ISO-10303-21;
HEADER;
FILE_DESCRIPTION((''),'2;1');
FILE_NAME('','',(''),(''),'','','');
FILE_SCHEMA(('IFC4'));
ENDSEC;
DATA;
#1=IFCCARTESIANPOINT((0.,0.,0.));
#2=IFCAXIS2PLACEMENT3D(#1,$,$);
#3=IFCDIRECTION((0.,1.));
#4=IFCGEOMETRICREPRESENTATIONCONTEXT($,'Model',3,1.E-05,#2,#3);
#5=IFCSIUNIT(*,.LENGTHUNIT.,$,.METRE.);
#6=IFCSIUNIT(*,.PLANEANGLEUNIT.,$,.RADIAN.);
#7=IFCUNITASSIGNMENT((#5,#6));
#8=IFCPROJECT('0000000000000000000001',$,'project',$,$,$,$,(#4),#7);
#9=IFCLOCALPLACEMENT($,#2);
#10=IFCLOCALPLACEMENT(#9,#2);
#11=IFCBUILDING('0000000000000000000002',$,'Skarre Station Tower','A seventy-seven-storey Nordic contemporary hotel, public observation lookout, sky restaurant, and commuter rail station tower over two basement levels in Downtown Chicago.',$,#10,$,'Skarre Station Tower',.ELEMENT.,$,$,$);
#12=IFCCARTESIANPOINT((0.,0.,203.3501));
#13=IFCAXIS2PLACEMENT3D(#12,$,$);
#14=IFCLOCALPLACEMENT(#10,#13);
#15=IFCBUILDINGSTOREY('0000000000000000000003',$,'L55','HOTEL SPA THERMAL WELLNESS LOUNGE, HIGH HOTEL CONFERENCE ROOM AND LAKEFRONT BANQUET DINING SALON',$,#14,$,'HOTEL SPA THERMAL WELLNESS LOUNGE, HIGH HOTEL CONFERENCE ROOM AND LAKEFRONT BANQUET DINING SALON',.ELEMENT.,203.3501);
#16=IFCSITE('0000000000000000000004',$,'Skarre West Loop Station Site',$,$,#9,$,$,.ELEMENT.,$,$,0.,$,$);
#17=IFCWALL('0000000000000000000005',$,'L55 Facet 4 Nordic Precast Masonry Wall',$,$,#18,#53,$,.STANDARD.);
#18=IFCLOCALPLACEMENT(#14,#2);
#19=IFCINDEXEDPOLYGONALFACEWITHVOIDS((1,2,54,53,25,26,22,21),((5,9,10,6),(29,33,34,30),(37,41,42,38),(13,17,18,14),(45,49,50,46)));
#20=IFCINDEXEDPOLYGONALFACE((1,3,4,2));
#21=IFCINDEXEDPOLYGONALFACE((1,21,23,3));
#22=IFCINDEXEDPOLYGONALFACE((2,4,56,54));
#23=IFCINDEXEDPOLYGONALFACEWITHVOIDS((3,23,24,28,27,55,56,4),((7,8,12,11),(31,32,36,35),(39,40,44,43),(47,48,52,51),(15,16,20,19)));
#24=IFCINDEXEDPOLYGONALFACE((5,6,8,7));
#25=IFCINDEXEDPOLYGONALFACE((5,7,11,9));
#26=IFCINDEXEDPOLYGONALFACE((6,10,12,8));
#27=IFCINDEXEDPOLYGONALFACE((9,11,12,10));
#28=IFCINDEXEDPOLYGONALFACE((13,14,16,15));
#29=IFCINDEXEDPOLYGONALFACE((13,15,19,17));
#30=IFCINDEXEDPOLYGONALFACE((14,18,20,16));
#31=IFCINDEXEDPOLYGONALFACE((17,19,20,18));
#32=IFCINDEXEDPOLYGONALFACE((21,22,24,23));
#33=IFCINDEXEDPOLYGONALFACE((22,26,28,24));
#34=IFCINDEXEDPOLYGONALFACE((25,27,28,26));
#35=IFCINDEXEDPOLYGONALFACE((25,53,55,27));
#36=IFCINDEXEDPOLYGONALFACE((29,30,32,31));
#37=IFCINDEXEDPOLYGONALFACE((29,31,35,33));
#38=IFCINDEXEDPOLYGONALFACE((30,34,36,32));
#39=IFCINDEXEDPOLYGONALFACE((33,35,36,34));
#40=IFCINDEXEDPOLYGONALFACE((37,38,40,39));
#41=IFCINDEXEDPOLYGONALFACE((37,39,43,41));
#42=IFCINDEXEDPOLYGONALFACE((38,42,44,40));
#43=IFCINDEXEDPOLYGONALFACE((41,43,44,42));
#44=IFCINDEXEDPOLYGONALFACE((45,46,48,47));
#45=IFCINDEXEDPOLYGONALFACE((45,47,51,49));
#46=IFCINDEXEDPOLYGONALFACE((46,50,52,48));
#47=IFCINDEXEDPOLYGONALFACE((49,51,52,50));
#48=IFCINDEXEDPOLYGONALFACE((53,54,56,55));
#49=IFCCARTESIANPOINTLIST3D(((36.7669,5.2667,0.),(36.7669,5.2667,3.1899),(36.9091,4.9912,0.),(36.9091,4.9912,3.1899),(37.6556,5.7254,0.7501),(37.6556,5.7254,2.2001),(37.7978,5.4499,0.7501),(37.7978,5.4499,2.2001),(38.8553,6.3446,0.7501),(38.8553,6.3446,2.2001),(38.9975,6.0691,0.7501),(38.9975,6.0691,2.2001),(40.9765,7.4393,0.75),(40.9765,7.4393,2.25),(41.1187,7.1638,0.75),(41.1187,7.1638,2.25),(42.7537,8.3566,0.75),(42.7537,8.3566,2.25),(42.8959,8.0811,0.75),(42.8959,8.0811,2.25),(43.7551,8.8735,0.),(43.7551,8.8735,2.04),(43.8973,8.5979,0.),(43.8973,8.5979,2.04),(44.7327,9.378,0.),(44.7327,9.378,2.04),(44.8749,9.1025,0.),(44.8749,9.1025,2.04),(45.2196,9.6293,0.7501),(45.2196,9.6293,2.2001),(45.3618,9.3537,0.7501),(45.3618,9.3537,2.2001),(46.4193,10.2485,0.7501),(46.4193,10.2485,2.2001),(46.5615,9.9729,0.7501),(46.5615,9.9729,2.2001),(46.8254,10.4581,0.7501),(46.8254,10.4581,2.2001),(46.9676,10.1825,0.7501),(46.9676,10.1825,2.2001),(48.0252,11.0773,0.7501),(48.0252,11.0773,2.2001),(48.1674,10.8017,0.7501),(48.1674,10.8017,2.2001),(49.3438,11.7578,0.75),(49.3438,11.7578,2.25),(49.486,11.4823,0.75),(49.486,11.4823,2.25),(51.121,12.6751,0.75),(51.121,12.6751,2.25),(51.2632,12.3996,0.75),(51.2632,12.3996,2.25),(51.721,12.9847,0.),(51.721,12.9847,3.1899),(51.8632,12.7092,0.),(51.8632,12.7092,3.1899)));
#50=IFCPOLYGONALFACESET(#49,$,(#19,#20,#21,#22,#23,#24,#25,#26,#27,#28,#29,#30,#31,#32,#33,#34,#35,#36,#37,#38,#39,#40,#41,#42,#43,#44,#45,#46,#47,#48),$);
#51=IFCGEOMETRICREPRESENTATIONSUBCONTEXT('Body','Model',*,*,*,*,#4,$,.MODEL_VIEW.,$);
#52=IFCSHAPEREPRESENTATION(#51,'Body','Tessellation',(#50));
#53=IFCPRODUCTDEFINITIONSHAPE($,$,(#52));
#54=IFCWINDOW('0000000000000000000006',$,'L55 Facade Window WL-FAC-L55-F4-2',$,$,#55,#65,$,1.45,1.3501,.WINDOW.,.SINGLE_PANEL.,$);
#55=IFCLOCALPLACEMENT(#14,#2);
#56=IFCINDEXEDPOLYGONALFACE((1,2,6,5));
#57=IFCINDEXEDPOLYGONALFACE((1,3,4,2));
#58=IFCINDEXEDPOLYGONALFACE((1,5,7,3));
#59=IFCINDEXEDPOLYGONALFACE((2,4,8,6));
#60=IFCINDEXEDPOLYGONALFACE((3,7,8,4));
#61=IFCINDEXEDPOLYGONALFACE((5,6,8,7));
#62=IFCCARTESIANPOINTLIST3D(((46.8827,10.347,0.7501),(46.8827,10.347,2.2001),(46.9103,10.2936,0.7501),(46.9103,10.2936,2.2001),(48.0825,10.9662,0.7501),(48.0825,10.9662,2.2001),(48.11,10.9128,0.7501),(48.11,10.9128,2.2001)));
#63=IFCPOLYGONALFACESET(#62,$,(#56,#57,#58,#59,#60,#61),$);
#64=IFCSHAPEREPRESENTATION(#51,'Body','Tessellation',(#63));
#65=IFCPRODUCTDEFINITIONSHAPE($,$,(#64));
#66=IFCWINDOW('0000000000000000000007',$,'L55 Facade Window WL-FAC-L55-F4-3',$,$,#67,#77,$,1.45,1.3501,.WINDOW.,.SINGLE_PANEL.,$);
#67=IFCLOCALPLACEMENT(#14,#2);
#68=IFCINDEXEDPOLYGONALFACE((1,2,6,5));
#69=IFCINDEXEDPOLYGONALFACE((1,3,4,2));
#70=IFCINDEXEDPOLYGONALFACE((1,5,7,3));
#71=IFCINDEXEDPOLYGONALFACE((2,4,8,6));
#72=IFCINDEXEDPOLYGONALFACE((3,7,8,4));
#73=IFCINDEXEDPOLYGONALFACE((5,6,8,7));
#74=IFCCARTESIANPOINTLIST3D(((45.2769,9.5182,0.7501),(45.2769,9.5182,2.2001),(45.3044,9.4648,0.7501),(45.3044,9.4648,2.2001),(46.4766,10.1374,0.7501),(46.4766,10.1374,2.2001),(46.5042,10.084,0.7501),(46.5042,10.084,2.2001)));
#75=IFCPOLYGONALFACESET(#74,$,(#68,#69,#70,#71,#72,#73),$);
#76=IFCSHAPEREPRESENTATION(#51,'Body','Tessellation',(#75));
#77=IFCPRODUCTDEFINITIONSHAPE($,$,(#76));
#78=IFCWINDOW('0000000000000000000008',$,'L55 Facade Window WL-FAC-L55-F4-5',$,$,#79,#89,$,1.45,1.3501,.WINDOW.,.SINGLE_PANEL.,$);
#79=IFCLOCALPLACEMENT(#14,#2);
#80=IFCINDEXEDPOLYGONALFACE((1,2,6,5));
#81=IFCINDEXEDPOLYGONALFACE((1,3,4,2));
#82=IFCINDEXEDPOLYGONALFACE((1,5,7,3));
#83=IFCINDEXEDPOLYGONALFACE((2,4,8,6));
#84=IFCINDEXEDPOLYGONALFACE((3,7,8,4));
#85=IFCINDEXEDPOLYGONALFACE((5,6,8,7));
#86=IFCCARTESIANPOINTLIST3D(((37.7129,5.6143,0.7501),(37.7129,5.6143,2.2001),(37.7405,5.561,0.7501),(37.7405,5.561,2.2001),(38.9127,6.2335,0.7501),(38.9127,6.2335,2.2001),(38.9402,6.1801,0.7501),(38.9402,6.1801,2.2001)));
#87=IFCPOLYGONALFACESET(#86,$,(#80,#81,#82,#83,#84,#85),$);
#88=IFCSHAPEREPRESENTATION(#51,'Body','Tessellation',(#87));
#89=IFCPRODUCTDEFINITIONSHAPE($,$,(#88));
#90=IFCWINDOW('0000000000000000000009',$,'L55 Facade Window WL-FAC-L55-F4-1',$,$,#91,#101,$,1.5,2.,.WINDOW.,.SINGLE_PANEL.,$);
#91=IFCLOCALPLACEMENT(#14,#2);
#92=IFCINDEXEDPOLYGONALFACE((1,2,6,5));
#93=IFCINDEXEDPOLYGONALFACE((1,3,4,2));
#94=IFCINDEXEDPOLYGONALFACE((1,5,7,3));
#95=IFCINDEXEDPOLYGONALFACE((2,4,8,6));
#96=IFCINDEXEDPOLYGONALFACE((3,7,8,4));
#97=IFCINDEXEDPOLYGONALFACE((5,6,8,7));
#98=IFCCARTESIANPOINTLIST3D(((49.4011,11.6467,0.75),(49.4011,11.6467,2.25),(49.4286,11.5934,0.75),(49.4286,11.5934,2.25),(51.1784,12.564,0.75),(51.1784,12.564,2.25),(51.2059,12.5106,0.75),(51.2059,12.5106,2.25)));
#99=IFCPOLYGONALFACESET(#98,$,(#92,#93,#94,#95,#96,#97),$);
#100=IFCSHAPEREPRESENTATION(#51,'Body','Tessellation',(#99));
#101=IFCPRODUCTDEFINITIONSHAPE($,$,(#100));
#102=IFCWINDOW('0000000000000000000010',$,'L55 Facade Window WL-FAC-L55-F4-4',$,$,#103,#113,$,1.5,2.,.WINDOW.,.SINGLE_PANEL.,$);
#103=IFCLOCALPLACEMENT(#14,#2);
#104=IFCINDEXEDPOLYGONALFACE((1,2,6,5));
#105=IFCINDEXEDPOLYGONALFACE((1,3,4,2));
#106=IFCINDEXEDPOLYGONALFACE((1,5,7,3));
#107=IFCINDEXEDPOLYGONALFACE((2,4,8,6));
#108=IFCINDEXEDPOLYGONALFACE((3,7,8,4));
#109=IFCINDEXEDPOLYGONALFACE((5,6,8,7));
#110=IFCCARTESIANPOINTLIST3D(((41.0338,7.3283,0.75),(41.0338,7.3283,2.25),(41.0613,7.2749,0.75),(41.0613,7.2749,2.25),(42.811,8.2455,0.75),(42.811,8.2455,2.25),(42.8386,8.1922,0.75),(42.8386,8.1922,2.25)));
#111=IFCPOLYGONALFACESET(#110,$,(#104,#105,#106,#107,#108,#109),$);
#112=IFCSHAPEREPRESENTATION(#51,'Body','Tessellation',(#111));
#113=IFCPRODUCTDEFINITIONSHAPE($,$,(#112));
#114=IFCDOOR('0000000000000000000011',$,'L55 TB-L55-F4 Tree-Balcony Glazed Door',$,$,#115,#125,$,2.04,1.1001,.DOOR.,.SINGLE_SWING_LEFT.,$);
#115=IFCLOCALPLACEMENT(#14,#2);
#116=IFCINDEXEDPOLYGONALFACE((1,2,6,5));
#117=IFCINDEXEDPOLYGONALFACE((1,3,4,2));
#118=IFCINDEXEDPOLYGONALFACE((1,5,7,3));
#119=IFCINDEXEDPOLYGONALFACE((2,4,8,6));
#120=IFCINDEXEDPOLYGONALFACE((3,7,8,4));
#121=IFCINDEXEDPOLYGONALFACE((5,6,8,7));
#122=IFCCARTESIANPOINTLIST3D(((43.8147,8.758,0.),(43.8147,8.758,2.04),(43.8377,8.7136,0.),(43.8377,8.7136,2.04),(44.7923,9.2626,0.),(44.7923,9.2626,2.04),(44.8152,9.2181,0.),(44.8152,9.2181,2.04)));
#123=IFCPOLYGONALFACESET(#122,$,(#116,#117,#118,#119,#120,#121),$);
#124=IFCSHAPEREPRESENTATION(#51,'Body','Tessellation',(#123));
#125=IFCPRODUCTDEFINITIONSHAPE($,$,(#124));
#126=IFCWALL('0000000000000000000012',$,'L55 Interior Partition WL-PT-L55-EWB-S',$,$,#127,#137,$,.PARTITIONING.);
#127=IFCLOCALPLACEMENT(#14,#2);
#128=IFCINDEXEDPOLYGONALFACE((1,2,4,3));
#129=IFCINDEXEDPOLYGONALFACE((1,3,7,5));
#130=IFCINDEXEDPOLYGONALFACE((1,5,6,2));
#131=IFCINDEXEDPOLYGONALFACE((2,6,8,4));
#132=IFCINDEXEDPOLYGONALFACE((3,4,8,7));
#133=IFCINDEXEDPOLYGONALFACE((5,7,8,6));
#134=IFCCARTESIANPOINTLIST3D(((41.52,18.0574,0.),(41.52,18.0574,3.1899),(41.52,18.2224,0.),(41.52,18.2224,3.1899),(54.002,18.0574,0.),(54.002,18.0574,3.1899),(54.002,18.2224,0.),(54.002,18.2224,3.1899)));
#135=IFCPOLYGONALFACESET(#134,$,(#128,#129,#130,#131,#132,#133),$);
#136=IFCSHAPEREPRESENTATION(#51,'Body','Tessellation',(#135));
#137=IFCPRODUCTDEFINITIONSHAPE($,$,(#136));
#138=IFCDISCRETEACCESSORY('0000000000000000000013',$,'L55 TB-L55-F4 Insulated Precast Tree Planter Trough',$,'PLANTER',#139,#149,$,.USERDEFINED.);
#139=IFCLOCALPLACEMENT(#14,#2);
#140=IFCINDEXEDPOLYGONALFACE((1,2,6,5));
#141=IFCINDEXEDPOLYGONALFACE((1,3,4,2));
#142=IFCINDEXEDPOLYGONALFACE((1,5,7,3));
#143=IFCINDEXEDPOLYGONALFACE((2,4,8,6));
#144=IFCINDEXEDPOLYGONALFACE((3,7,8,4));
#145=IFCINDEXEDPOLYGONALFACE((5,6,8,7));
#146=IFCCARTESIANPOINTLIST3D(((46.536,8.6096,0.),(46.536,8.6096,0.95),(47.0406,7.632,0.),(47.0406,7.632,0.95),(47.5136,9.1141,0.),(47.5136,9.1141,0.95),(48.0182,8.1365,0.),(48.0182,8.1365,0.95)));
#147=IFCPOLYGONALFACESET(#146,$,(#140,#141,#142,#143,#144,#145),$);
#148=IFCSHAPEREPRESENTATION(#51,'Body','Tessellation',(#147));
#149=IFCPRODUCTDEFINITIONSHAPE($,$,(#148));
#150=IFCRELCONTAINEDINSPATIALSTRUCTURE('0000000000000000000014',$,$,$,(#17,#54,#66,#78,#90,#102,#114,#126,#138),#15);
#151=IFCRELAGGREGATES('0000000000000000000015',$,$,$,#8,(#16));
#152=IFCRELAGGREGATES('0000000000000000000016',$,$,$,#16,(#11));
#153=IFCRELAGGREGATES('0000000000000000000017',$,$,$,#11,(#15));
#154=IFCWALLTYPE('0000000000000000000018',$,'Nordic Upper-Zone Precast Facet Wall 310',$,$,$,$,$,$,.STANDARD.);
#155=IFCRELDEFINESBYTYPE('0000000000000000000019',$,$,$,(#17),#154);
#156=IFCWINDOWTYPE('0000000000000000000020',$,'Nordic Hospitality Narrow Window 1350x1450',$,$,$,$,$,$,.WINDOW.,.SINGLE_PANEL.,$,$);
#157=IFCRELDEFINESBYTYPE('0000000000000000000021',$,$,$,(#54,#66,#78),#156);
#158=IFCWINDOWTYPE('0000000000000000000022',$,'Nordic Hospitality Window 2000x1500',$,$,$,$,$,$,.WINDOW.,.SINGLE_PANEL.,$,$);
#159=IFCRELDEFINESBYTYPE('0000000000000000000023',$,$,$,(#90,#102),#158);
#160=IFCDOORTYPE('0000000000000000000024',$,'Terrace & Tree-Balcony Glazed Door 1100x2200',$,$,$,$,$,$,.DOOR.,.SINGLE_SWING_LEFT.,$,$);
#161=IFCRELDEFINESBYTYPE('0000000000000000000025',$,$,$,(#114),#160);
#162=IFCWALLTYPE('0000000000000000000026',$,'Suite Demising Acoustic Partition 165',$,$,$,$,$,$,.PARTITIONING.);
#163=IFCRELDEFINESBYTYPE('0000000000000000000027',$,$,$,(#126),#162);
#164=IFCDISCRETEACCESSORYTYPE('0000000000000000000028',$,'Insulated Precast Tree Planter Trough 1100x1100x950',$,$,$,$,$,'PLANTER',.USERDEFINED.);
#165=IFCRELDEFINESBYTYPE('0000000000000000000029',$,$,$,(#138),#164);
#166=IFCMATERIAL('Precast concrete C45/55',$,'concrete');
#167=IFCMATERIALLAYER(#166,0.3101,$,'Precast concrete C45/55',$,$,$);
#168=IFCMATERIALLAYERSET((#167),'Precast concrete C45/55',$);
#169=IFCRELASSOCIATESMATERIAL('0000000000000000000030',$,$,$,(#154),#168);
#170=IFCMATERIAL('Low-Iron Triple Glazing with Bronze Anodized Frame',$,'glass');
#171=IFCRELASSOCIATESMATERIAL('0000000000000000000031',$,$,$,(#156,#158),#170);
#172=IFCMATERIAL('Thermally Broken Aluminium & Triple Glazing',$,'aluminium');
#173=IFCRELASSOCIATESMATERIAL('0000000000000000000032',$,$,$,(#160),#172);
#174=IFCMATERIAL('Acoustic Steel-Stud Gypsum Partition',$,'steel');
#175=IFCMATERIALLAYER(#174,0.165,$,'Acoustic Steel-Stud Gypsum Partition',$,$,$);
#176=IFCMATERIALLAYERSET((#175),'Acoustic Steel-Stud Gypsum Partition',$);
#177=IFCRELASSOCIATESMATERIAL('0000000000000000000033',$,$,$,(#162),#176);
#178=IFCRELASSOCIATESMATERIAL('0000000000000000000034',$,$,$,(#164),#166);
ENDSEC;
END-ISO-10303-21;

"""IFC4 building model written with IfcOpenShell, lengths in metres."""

from ifc_helpers import new_model, si_unit, direction, frame, frame_2d, origin, origin_2d, place, context, subcontext, project, spatial, rectangle, extrude, material, layer, layer_set, type_object, element, fill, save


model = new_model("IFC4")

# Units and contexts
model_context = context("Model", 3, precision=1e-05, world=origin(), true_north=direction((0.0, 1.0)))
body_context = subcontext(model_context, "Body", "Model", "MODEL_VIEW")
ifc_project = project(units=[si_unit("LENGTHUNIT", "METRE"), si_unit("PLANEANGLEUNIT", "RADIAN")], contexts=[model_context])

# Site, building, storey
site_placement = place(None, origin())
site = spatial("IfcSite", under=ifc_project, at=site_placement, Name="Skarre West Loop Station Site", CompositionType="ELEMENT", RefElevation=0.0)
building_placement = place(site_placement, origin())
building = spatial("IfcBuilding", under=site, at=building_placement, Name="Skarre Station Tower", Description="A seventy-seven-storey Nordic contemporary hotel, public observation lookout, sky restaurant, and commuter rail station tower over two basement levels in Downtown Chicago.", LongName="Skarre Station Tower", CompositionType="ELEMENT")
storey_placement = place(building_placement, frame((0.0, 0.0, 203.3501)))
storey = spatial("IfcBuildingStorey", under=building, at=storey_placement, Name="L55", Description="HOTEL SPA THERMAL WELLNESS LOUNGE, HIGH HOTEL CONFERENCE ROOM AND LAKEFRONT BANQUET DINING SALON", LongName="HOTEL SPA THERMAL WELLNESS LOUNGE, HIGH HOTEL CONFERENCE ROOM AND LAKEFRONT BANQUET DINING SALON", CompositionType="ELEMENT", Elevation=203.3501)

# Shared definitions
ifc_material_1 = material(Name="Acoustic Steel-Stud Gypsum Partition", Category="steel")

# Shared definitions
ifc_material_2 = material(Name="Precast concrete C45/55", Category="concrete")

# Wall, openings, windows, door
ifc_layer_1 = layer(ifc_material_2, 0.3101, Name="Precast concrete C45/55")
ifc_layer_set_1 = layer_set([ifc_layer_1], Name="Precast concrete C45/55")
wall_type_1 = type_object("IfcWallType", Name="Nordic Upper-Zone Precast Facet Wall 310", PredefinedType="STANDARD", material=ifc_layer_set_1)
wall_1_placement = place(storey_placement, frame((51.792, 12.8469, 0.0), z_axis=(0.0, 0.0, 1.0), x_axis=(-0.888626, -0.458632, 0.0)))
wall_1 = element("IfcWall", 1, at=wall_1_placement, inside=storey, type_object=wall_type_1, Name="L55 Facet 4 Nordic Precast Masonry Wall", PredefinedType="STANDARD", context=body_context, shape_type="SweptSolid", body=[
    extrude(rectangle(XDim=16.8284, YDim=0.3101, at=frame_2d((8.4141, 0.0))), origin(), (0.0, 0.0, 1.0), 3.1899),
])
opening_1_placement = place(wall_1_placement, frame((7.864, 0.0, 0.0)))
opening_1 = element("IfcOpeningElement", 2, at=opening_1_placement, cuts=wall_1, PredefinedType="OPENING", context=body_context, shape_type="SweptSolid", body=[
    extrude(rectangle(XDim=1.1001, YDim=2.04, at=frame_2d((0.55, 1.02))), frame((0.0, 0.165, 0.0), z_axis=(0.0, -1.0, 0.0), x_axis=(1.0, 0.0, 0.0)), (0.0, 0.0, 1.0), 0.3301),
])
opening_2_placement = place(wall_1_placement, frame((0.675, 0.0, 0.75)))
opening_2 = element("IfcOpeningElement", 3, at=opening_2_placement, cuts=wall_1, PredefinedType="OPENING", context=body_context, shape_type="SweptSolid", body=[
    extrude(rectangle(XDim=2.0, YDim=1.5, at=frame_2d((1.0, 0.75))), frame((0.0, 0.165, 0.0), z_axis=(0.0, -1.0, 0.0), x_axis=(1.0, 0.0, 0.0)), (0.0, 0.0, 1.0), 0.3301),
])
opening_3_placement = place(wall_1_placement, frame((4.1589, 0.0, 0.75)))
opening_3 = element("IfcOpeningElement", 4, at=opening_3_placement, cuts=wall_1, PredefinedType="OPENING", context=body_context, shape_type="SweptSolid", body=[
    extrude(rectangle(XDim=1.3501, YDim=1.45, at=frame_2d((0.675, 0.7251))), frame((0.0, 0.165, 0.0), z_axis=(0.0, -1.0, 0.0), x_axis=(1.0, 0.0, 0.0)), (0.0, 0.0, 1.0), 0.3301),
])
opening_4_placement = place(wall_1_placement, frame((5.9661, 0.0, 0.75)))
opening_4 = element("IfcOpeningElement", 5, at=opening_4_placement, cuts=wall_1, PredefinedType="OPENING", context=body_context, shape_type="SweptSolid", body=[
    extrude(rectangle(XDim=1.3501, YDim=1.45, at=frame_2d((0.675, 0.7251))), frame((0.0, 0.165, 0.0), z_axis=(0.0, -1.0, 0.0), x_axis=(1.0, 0.0, 0.0)), (0.0, 0.0, 1.0), 0.3301),
])
opening_5_placement = place(wall_1_placement, frame((10.0911, 0.0, 0.75)))
opening_5 = element("IfcOpeningElement", 6, at=opening_5_placement, cuts=wall_1, PredefinedType="OPENING", context=body_context, shape_type="SweptSolid", body=[
    extrude(rectangle(XDim=2.0, YDim=1.5, at=frame_2d((1.0, 0.75))), frame((0.0, 0.165, 0.0), z_axis=(0.0, -1.0, 0.0), x_axis=(1.0, 0.0, 0.0)), (0.0, 0.0, 1.0), 0.3301),
])
opening_6_placement = place(wall_1_placement, frame((14.478, 0.0, 0.75)))
opening_6 = element("IfcOpeningElement", 7, at=opening_6_placement, cuts=wall_1, PredefinedType="OPENING", context=body_context, shape_type="SweptSolid", body=[
    extrude(rectangle(XDim=1.3501, YDim=1.45, at=frame_2d((0.675, 0.7251))), frame((0.0, 0.165, 0.0), z_axis=(0.0, -1.0, 0.0), x_axis=(1.0, 0.0, 0.0)), (0.0, 0.0, 1.0), 0.3301),
])
ifc_material_3 = material(Name="Low-Iron Triple Glazing with Bronze Anodized Frame", Category="glass")
window_type_1 = type_object("IfcWindowType", Name="Nordic Hospitality Narrow Window 1350x1450", PartitioningType="SINGLE_PANEL", PredefinedType="WINDOW", material=ifc_material_3)
window_1_placement = place(opening_3_placement, origin())
window_1 = element("IfcWindow", 8, at=window_1_placement, inside=storey, type_object=window_type_1, Name="L55 Facade Window WL-FAC-L55-F4-2", OverallHeight=1.45, OverallWidth=1.3501, PartitioningType="SINGLE_PANEL", PredefinedType="WINDOW", context=body_context, shape_type="SweptSolid", body=[
    extrude(rectangle(XDim=1.3501, YDim=1.45, at=frame_2d((0.675, 0.7251))), frame((0.0, 0.03, 0.0), z_axis=(0.0, -1.0, 0.0), x_axis=(1.0, 0.0, 0.0)), (0.0, 0.0, 1.0), 0.0601),
])
fill(opening_3, window_1)
window_2_placement = place(opening_4_placement, origin())
window_2 = element("IfcWindow", 9, at=window_2_placement, inside=storey, type_object=window_type_1, Name="L55 Facade Window WL-FAC-L55-F4-3", OverallHeight=1.45, OverallWidth=1.3501, PartitioningType="SINGLE_PANEL", PredefinedType="WINDOW", context=body_context, shape_type="SweptSolid", body=[
    extrude(rectangle(XDim=1.3501, YDim=1.45, at=frame_2d((0.675, 0.7251))), frame((0.0, 0.03, 0.0), z_axis=(0.0, -1.0, 0.0), x_axis=(1.0, 0.0, 0.0)), (0.0, 0.0, 1.0), 0.0601),
])
fill(opening_4, window_2)
window_3_placement = place(opening_6_placement, origin())
window_3 = element("IfcWindow", 10, at=window_3_placement, inside=storey, type_object=window_type_1, Name="L55 Facade Window WL-FAC-L55-F4-5", OverallHeight=1.45, OverallWidth=1.3501, PartitioningType="SINGLE_PANEL", PredefinedType="WINDOW", context=body_context, shape_type="SweptSolid", body=[
    extrude(rectangle(XDim=1.3501, YDim=1.45, at=frame_2d((0.675, 0.7251))), frame((0.0, 0.03, 0.0), z_axis=(0.0, -1.0, 0.0), x_axis=(1.0, 0.0, 0.0)), (0.0, 0.0, 1.0), 0.0601),
])
fill(opening_6, window_3)
window_type_2 = type_object("IfcWindowType", Name="Nordic Hospitality Window 2000x1500", PartitioningType="SINGLE_PANEL", PredefinedType="WINDOW", material=ifc_material_3)
window_4_placement = place(opening_2_placement, origin())
window_4 = element("IfcWindow", 11, at=window_4_placement, inside=storey, type_object=window_type_2, Name="L55 Facade Window WL-FAC-L55-F4-1", OverallHeight=1.5, OverallWidth=2.0, PartitioningType="SINGLE_PANEL", PredefinedType="WINDOW", context=body_context, shape_type="SweptSolid", body=[
    extrude(rectangle(XDim=2.0, YDim=1.5, at=frame_2d((1.0, 0.75))), frame((0.0, 0.03, 0.0), z_axis=(0.0, -1.0, 0.0), x_axis=(1.0, 0.0, 0.0)), (0.0, 0.0, 1.0), 0.0601),
])
fill(opening_2, window_4)
window_5_placement = place(opening_5_placement, origin())
window_5 = element("IfcWindow", 12, at=window_5_placement, inside=storey, type_object=window_type_2, Name="L55 Facade Window WL-FAC-L55-F4-4", OverallHeight=1.5, OverallWidth=2.0, PartitioningType="SINGLE_PANEL", PredefinedType="WINDOW", context=body_context, shape_type="SweptSolid", body=[
    extrude(rectangle(XDim=2.0, YDim=1.5, at=frame_2d((1.0, 0.75))), frame((0.0, 0.03, 0.0), z_axis=(0.0, -1.0, 0.0), x_axis=(1.0, 0.0, 0.0)), (0.0, 0.0, 1.0), 0.0601),
])
fill(opening_5, window_5)
ifc_material_4 = material(Name="Thermally Broken Aluminium & Triple Glazing", Category="aluminium")
door_type_1 = type_object("IfcDoorType", Name="Terrace & Tree-Balcony Glazed Door 1100x2200", OperationType="SINGLE_SWING_LEFT", PredefinedType="DOOR", material=ifc_material_4)
door_1_placement = place(opening_1_placement, origin())
door_1 = element("IfcDoor", 13, at=door_1_placement, inside=storey, type_object=door_type_1, Name="L55 TB-L55-F4 Tree-Balcony Glazed Door", OperationType="SINGLE_SWING_LEFT", OverallHeight=2.04, OverallWidth=1.1001, PredefinedType="DOOR", context=body_context, shape_type="SweptSolid", body=[
    extrude(rectangle(XDim=1.1001, YDim=2.04, at=frame_2d((0.55, 1.02))), frame((0.0, 0.0249, 0.0), z_axis=(0.0, -1.0, 0.0), x_axis=(1.0, 0.0, 0.0)), (0.0, 0.0, 1.0), 0.05),
])
fill(opening_1, door_1)

# Wall
ifc_layer_2 = layer(ifc_material_1, 0.165, Name="Acoustic Steel-Stud Gypsum Partition")
ifc_layer_set_2 = layer_set([ifc_layer_2], Name="Acoustic Steel-Stud Gypsum Partition")
wall_type_2 = type_object("IfcWallType", Name="Suite Demising Acoustic Partition 165", PredefinedType="PARTITIONING", material=ifc_layer_set_2)
wall_2_placement = place(storey_placement, frame((41.52, 18.1399, 0.0), z_axis=(0.0, 0.0, 1.0), x_axis=(1.0, 0.0, 0.0)))
element("IfcWall", 14, at=wall_2_placement, inside=storey, type_object=wall_type_2, Name="L55 Interior Partition WL-PT-L55-EWB-S", PredefinedType="PARTITIONING", context=body_context, shape_type="SweptSolid", body=[
    extrude(rectangle(XDim=12.4819, YDim=0.165, at=frame_2d((6.241, 0.0))), origin(), (0.0, 0.0, 1.0), 3.1899),
])

# Discrete accessory
discrete_accessory_type = type_object("IfcDiscreteAccessoryType", Name="Insulated Precast Tree Planter Trough 1100x1100x950", ElementType="PLANTER", PredefinedType="USERDEFINED", material=ifc_material_2)
discrete_accessory_placement = place(storey_placement, frame((47.2771, 8.373, 0.0), z_axis=(0.0, 0.0, 1.0), x_axis=(0.458634, -0.888625, 0.0)))
element("IfcDiscreteAccessory", 15, at=discrete_accessory_placement, inside=storey, type_object=discrete_accessory_type, Name="L55 TB-L55-F4 Insulated Precast Tree Planter Trough", ObjectType="PLANTER", PredefinedType="USERDEFINED", context=body_context, shape_type="SweptSolid", body=[
    extrude(rectangle(XDim=1.1001, YDim=1.1001, at=origin_2d()), origin(), (0.0, 0.0, 1.0), 0.95),
])

save(model, "model.ifc")
